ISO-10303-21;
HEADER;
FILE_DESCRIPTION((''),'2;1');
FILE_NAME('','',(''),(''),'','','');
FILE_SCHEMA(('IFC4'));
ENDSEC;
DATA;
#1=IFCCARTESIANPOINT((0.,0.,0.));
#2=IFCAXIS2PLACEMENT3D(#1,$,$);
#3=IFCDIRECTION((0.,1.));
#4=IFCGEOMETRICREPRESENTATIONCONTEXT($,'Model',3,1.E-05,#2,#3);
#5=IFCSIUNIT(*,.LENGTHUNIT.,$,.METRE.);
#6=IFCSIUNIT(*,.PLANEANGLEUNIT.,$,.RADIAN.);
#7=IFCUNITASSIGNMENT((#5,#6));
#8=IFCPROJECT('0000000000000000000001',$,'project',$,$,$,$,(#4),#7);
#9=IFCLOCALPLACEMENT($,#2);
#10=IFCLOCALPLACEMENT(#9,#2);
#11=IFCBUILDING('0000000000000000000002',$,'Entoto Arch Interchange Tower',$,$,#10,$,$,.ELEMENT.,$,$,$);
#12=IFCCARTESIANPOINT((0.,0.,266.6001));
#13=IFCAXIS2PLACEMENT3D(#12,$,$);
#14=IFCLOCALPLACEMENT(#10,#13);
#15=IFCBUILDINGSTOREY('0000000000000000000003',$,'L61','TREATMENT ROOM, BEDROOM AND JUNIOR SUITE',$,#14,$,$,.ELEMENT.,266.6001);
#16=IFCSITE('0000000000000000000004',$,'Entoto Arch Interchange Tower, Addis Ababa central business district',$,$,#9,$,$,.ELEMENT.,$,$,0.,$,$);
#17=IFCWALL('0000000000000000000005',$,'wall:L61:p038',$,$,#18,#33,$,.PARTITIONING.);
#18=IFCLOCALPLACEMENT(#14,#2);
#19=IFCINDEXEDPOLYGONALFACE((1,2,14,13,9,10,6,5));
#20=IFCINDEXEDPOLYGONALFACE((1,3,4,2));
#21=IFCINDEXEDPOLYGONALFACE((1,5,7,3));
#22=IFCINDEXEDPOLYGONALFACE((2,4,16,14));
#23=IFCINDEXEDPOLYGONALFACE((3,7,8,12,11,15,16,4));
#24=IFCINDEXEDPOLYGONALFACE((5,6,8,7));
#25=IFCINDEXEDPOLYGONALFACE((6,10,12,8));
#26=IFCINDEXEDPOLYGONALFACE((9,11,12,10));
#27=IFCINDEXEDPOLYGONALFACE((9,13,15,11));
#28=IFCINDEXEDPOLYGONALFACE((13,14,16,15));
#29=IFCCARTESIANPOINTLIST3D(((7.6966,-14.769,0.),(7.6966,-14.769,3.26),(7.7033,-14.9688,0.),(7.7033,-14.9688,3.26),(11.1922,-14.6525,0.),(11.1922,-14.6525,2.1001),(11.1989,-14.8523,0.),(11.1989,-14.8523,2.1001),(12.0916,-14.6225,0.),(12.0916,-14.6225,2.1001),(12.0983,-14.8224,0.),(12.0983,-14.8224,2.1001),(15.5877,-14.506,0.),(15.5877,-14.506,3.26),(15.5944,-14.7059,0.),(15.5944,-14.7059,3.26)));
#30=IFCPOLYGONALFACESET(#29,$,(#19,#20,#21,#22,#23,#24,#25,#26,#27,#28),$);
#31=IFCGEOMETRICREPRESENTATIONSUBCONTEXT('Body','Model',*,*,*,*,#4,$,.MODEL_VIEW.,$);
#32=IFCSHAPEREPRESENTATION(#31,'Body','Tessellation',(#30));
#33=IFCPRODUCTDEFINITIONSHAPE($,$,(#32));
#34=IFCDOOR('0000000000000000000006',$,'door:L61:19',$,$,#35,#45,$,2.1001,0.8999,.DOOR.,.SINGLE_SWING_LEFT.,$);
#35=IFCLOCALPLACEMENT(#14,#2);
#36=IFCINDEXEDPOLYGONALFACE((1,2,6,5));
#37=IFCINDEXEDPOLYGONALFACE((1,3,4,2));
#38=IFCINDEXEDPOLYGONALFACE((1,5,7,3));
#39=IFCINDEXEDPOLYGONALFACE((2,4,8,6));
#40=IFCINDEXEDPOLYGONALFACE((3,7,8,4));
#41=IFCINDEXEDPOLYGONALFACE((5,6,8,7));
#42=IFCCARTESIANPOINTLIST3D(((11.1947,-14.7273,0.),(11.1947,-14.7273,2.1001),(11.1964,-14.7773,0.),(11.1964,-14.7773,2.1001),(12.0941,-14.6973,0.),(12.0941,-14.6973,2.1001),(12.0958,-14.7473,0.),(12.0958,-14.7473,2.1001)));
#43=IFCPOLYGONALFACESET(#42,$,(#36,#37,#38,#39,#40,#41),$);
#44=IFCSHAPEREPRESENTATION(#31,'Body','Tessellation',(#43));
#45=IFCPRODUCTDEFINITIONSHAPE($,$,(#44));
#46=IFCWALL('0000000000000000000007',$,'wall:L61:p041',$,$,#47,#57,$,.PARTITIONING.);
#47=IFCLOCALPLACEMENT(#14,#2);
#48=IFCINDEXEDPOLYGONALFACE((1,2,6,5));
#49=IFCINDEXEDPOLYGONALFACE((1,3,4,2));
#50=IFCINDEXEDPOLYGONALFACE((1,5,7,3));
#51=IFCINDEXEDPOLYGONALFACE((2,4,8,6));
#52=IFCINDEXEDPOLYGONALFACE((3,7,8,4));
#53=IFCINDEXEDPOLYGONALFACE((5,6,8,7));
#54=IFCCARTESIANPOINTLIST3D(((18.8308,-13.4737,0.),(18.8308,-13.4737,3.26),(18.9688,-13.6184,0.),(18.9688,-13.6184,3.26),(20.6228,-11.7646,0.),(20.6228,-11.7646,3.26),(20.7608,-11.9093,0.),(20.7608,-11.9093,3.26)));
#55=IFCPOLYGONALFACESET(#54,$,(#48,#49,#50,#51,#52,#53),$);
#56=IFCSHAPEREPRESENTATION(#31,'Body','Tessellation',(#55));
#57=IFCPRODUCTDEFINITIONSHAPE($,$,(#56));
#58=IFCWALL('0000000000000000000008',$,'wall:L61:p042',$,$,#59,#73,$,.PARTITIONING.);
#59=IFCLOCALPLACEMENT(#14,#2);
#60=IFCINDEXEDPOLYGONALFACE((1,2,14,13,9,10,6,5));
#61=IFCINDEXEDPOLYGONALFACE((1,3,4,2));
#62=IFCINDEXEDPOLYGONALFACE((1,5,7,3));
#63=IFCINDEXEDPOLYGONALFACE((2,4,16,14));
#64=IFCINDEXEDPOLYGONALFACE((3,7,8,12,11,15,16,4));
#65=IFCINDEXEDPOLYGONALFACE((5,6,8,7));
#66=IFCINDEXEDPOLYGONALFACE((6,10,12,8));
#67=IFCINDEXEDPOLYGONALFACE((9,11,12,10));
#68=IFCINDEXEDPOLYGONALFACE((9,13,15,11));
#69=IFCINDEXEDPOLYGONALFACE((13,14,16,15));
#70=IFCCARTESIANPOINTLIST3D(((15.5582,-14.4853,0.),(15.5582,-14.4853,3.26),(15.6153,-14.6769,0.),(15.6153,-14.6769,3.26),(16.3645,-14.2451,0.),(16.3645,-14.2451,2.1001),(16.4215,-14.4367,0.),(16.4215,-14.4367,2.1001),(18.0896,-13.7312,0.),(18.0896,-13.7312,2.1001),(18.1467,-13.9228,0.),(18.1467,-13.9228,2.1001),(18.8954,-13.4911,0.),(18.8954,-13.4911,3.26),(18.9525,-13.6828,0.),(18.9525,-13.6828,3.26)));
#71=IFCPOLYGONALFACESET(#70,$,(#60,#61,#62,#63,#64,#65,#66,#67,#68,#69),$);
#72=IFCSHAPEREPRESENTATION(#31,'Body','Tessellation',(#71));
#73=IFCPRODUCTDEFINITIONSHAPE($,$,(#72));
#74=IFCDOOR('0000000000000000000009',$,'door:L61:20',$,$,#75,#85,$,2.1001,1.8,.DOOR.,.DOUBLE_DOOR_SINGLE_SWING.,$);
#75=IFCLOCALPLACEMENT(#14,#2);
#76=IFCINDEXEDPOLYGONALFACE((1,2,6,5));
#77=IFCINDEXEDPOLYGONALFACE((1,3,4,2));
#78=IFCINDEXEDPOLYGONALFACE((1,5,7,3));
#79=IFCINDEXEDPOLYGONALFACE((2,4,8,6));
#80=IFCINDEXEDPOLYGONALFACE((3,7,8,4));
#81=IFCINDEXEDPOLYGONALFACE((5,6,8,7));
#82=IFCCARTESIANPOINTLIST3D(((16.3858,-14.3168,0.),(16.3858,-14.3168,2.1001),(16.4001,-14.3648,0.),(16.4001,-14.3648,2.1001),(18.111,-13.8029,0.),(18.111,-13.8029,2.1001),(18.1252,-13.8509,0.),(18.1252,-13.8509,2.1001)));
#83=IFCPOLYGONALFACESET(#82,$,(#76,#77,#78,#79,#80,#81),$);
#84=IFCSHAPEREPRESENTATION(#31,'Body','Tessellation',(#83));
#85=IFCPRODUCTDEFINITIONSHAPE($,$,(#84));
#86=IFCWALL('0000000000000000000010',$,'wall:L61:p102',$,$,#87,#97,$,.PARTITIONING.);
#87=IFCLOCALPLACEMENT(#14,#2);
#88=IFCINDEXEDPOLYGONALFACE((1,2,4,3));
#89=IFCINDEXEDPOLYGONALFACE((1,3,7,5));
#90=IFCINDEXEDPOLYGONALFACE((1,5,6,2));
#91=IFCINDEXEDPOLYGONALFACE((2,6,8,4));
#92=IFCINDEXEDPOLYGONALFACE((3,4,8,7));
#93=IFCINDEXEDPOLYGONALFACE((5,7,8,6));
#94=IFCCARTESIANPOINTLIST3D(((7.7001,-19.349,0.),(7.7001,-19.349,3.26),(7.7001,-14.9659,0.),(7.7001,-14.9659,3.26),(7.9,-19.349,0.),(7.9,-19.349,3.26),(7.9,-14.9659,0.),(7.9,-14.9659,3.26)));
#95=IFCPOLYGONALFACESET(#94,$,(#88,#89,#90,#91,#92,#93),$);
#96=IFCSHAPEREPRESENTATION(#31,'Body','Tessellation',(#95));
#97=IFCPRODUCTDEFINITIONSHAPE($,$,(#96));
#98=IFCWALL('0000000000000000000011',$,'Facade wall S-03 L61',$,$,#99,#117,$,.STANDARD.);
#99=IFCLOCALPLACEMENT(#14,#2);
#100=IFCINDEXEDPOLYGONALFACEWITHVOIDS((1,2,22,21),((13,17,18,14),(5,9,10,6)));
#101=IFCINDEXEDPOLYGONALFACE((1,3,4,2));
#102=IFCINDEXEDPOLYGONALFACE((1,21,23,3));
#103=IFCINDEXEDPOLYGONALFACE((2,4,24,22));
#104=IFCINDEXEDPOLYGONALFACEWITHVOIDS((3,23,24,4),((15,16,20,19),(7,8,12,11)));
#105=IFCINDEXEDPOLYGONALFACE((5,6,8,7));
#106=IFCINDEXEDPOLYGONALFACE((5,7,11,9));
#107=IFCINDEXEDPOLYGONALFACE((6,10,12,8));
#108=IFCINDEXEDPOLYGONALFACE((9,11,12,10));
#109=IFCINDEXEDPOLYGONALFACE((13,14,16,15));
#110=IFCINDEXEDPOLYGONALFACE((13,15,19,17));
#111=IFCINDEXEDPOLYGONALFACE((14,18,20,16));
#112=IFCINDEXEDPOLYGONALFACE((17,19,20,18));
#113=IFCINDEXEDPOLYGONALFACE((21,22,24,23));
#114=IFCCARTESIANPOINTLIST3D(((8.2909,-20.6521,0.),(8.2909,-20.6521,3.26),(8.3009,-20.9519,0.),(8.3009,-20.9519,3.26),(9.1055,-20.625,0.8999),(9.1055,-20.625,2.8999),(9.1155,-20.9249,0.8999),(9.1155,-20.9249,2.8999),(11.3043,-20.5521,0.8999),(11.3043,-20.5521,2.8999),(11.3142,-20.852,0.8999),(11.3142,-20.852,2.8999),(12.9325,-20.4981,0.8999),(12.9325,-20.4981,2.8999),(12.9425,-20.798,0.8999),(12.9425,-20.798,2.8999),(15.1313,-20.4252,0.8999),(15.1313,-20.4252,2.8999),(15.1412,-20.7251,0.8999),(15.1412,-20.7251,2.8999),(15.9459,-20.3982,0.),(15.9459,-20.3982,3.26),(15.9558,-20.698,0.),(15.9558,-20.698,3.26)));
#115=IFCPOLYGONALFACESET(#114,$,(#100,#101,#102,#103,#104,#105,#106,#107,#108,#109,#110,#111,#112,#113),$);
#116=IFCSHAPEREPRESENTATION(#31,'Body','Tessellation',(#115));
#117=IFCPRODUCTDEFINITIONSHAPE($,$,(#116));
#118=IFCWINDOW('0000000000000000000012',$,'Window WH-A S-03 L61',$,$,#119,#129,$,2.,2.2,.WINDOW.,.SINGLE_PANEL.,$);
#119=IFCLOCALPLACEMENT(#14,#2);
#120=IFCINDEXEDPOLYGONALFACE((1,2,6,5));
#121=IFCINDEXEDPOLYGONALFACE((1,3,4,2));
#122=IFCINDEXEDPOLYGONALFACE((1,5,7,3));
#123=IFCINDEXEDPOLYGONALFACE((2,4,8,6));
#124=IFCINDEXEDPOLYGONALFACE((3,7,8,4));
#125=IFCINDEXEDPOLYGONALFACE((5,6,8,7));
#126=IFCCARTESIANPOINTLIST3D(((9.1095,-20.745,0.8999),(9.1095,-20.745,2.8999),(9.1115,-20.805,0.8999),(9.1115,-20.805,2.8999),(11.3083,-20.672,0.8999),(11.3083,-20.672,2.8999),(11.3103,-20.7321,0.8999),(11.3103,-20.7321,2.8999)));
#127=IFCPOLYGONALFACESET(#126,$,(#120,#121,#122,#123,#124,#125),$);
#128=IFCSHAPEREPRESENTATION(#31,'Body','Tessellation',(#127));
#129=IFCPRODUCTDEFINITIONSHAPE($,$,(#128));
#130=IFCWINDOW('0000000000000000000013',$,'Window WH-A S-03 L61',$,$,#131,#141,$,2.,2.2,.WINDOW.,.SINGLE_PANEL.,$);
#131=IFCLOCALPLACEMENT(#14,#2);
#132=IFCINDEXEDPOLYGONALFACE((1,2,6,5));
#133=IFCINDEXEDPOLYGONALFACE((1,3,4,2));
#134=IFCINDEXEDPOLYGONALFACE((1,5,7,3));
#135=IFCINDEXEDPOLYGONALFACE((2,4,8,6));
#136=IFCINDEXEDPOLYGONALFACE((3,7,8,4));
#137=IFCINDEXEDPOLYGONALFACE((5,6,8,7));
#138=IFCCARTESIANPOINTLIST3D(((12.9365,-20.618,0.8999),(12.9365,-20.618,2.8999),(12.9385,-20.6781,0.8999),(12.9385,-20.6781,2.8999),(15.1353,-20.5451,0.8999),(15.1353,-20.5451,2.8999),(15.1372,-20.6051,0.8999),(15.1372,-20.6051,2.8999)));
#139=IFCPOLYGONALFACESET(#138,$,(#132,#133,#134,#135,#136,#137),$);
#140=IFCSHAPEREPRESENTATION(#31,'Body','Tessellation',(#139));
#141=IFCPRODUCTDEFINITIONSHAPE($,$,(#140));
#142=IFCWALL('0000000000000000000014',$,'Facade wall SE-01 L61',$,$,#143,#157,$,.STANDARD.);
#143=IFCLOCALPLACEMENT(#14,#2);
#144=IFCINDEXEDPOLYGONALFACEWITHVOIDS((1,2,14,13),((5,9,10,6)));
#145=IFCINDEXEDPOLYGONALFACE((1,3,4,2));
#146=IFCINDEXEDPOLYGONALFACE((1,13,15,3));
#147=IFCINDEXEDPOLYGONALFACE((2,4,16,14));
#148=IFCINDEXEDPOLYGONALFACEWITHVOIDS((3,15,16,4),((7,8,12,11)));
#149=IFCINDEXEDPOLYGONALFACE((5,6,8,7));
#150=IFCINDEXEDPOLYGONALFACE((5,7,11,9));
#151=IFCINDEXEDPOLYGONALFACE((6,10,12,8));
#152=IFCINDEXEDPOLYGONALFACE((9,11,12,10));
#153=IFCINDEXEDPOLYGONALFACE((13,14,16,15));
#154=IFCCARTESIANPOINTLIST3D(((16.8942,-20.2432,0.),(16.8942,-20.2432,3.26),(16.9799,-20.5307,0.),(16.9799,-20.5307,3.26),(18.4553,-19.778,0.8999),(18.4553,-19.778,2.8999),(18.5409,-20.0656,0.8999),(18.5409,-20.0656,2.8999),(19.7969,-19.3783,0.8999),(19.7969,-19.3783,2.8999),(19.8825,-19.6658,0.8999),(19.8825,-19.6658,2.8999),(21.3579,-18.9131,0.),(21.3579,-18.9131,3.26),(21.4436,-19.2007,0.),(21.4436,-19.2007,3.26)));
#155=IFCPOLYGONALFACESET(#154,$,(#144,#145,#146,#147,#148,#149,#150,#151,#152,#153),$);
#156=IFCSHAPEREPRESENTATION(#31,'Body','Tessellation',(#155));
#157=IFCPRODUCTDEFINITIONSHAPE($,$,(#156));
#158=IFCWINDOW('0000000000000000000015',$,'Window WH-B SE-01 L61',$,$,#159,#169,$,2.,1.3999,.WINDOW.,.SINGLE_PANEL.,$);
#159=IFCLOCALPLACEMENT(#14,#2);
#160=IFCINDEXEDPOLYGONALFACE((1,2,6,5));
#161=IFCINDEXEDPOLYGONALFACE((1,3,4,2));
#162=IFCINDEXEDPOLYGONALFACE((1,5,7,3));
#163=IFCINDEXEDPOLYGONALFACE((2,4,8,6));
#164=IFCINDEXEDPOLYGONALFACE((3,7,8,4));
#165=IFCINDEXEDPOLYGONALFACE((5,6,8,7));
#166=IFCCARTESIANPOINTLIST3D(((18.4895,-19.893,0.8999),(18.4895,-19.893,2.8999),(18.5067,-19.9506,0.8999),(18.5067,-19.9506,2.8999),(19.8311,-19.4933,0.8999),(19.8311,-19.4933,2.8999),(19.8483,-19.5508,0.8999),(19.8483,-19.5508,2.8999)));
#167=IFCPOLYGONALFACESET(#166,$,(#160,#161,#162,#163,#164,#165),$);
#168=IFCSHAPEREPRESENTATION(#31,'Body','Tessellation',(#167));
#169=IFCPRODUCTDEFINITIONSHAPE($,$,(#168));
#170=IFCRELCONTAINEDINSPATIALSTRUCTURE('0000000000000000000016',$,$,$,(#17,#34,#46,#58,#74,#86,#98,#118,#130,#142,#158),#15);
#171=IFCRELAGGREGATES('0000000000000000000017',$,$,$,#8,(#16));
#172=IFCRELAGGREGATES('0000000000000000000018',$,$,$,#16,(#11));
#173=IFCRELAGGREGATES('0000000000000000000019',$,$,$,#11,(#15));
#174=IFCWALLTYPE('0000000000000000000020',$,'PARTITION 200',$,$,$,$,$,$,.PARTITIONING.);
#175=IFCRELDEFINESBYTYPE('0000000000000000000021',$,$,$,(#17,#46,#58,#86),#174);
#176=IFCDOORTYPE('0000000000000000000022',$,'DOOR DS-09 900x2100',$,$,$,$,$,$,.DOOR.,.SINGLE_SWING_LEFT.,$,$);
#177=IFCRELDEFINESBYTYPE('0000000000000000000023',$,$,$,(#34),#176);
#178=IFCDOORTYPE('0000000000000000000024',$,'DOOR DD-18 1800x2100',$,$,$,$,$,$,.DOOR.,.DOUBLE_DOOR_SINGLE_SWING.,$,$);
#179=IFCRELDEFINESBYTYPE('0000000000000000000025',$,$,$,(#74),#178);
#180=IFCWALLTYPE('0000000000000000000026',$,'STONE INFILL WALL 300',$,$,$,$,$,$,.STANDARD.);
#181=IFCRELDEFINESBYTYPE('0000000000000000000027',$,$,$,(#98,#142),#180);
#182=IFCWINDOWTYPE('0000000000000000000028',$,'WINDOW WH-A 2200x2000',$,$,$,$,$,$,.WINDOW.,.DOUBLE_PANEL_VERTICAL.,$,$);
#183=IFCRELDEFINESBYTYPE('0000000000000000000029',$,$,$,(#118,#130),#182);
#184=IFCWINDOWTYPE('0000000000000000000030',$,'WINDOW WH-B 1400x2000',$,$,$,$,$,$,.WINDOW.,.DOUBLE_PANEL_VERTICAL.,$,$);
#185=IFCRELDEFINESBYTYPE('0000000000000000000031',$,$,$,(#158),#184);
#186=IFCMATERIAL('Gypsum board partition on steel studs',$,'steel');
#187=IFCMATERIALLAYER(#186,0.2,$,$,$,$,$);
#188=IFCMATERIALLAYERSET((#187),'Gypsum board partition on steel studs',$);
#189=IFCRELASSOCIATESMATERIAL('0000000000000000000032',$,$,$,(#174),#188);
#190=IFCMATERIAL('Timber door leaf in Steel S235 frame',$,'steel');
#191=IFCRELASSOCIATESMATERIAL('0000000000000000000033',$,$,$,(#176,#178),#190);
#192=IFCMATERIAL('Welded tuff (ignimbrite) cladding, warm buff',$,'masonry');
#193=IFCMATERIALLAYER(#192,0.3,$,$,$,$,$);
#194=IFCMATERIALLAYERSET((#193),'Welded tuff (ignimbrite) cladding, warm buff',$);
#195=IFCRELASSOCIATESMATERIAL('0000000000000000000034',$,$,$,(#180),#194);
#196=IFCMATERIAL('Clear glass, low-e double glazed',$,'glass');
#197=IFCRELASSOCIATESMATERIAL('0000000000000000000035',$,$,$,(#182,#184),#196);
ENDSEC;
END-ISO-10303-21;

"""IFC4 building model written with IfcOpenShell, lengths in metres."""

from ifc_helpers import new_model, si_unit, direction, frame, frame_2d, origin, place, context, subcontext, project, spatial, rectangle, extrude, material, layer, layer_set, type_object, element, fill, save


model = new_model("IFC4")

# Units and contexts
model_context = context("Model", 3, precision=1e-05, world=origin(), true_north=direction((0.0, 1.0)))
body_context = subcontext(model_context, "Body", "Model", "MODEL_VIEW")
ifc_project = project(units=[si_unit("LENGTHUNIT", "METRE"), si_unit("PLANEANGLEUNIT", "RADIAN")], contexts=[model_context])

# Site, building, storey
site_placement = place(None, origin())
site = spatial("IfcSite", under=ifc_project, at=site_placement, Name="Entoto Arch Interchange Tower, Addis Ababa central business district", CompositionType="ELEMENT", RefElevation=0.0)
building_placement = place(site_placement, origin())
building = spatial("IfcBuilding", under=site, at=building_placement, Name="Entoto Arch Interchange Tower", CompositionType="ELEMENT")
storey_placement = place(building_placement, frame((0.0, 0.0, 266.6001)))
storey = spatial("IfcBuildingStorey", under=building, at=storey_placement, Name="L61", Description="TREATMENT ROOM, BEDROOM AND JUNIOR SUITE", CompositionType="ELEMENT", Elevation=266.6001)

# Shared definitions
ifc_material_1 = material(Name="Gypsum board partition on steel studs", Category="steel")
ifc_layer_1 = layer(ifc_material_1, 0.2)
ifc_layer_set_1 = layer_set([ifc_layer_1], Name="Gypsum board partition on steel studs")
wall_type_1 = type_object("IfcWallType", Name="PARTITION 200", PredefinedType="PARTITIONING", material=ifc_layer_set_1)

# Shared definitions
ifc_material_2 = material(Name="Timber door leaf in Steel S235 frame", Category="steel")

# Wall, opening, door
wall_1_placement = place(storey_placement, frame((15.5911, -14.606, 0.0), z_axis=(0.0, 0.0, 1.0), x_axis=(-0.999445, -0.033302, 0.0)))
wall_1 = element("IfcWall", 1, at=wall_1_placement, inside=storey, type_object=wall_type_1, Name="wall:L61:p038", PredefinedType="PARTITIONING", context=body_context, shape_type="SweptSolid", body=[
    extrude(rectangle(XDim=7.8955, YDim=0.2, at=frame_2d((3.9478, 0.0))), origin(), (0.0, 0.0, 1.0), 3.26),
])
opening_1_placement = place(wall_1_placement, frame((3.498, 0.0, 0.0)))
opening_1 = element("IfcOpeningElement", 2, at=opening_1_placement, cuts=wall_1, PredefinedType="OPENING", context=body_context, shape_type="SweptSolid", body=[
    extrude(rectangle(XDim=0.8999, YDim=2.1001, at=frame_2d((0.45, 1.05))), frame((0.0, 0.1099, 0.0), z_axis=(0.0, -1.0, 0.0), x_axis=(1.0, 0.0, 0.0)), (0.0, 0.0, 1.0), 0.22),
])
door_type_1 = type_object("IfcDoorType", Name="DOOR DS-09 900x2100", OperationType="SINGLE_SWING_LEFT", PredefinedType="DOOR", material=ifc_material_2)
door_1_placement = place(opening_1_placement, origin())
door_1 = element("IfcDoor", 3, at=door_1_placement, inside=storey, type_object=door_type_1, Name="door:L61:19", OperationType="SINGLE_SWING_LEFT", OverallHeight=2.1001, OverallWidth=0.8999, PredefinedType="DOOR", context=body_context, shape_type="SweptSolid", body=[
    extrude(rectangle(XDim=0.8999, YDim=2.1001, at=frame_2d((0.45, 1.05))), frame((0.0, 0.0249, 0.0), z_axis=(0.0, -1.0, 0.0), x_axis=(1.0, 0.0, 0.0)), (0.0, 0.0, 1.0), 0.05),
])
fill(opening_1, door_1)

# Wall
wall_2_placement = place(storey_placement, frame((20.6919, -11.8369, 0.0), z_axis=(0.0, 0.0, 1.0), x_axis=(-0.723669, -0.690147, 0.0)))
element("IfcWall", 4, at=wall_2_placement, inside=storey, type_object=wall_type_1, Name="wall:L61:p041", PredefinedType="PARTITIONING", context=body_context, shape_type="SweptSolid", body=[
    extrude(rectangle(XDim=2.4763, YDim=0.2, at=frame_2d((1.2383, 0.0))), origin(), (0.0, 0.0, 1.0), 3.26),
])

# Wall, opening, door
wall_3_placement = place(storey_placement, frame((18.9241, -13.5869, 0.0), z_axis=(0.0, 0.0, 1.0), x_axis=(-0.958378, -0.285501, 0.0)))
wall_3 = element("IfcWall", 5, at=wall_3_placement, inside=storey, type_object=wall_type_1, Name="wall:L61:p042", PredefinedType="PARTITIONING", context=body_context, shape_type="SweptSolid", body=[
    extrude(rectangle(XDim=3.4822, YDim=0.2, at=frame_2d((1.7412, 0.0))), origin(), (0.0, 0.0, 1.0), 3.26),
])
opening_2_placement = place(wall_3_placement, frame((0.8411, 0.0, 0.0)))
opening_2 = element("IfcOpeningElement", 6, at=opening_2_placement, cuts=wall_3, PredefinedType="OPENING", context=body_context, shape_type="SweptSolid", body=[
    extrude(rectangle(XDim=1.8, YDim=2.1001, at=frame_2d((0.8999, 1.05))), frame((0.0, 0.1099, 0.0), z_axis=(0.0, -1.0, 0.0), x_axis=(1.0, 0.0, 0.0)), (0.0, 0.0, 1.0), 0.22),
])
door_type_2 = type_object("IfcDoorType", Name="DOOR DD-18 1800x2100", OperationType="DOUBLE_DOOR_SINGLE_SWING", PredefinedType="DOOR", material=ifc_material_2)
door_2_placement = place(opening_2_placement, origin())
door_2 = element("IfcDoor", 7, at=door_2_placement, inside=storey, type_object=door_type_2, Name="door:L61:20", OperationType="DOUBLE_DOOR_SINGLE_SWING", OverallHeight=2.1001, OverallWidth=1.8, PredefinedType="DOOR", context=body_context, shape_type="SweptSolid", body=[
    extrude(rectangle(XDim=1.8, YDim=2.1001, at=frame_2d((0.8999, 1.05))), frame((0.0, 0.0249, 0.0), z_axis=(0.0, -1.0, 0.0), x_axis=(1.0, 0.0, 0.0)), (0.0, 0.0, 1.0), 0.05),
])
fill(opening_2, door_2)

# Wall
wall_4_placement = place(storey_placement, frame((7.8, -14.9661, 0.0), z_axis=(0.0, 0.0, 1.0), x_axis=(0.0, -1.0, 0.0)))
element("IfcWall", 8, at=wall_4_placement, inside=storey, type_object=wall_type_1, Name="wall:L61:p102", PredefinedType="PARTITIONING", context=body_context, shape_type="SweptSolid", body=[
    extrude(rectangle(XDim=4.3831, YDim=0.2, at=frame_2d((2.1914, 0.0))), origin(), (0.0, 0.0, 1.0), 3.26),
])

# Wall, openings, windows
ifc_material_3 = material(Name="Welded tuff (ignimbrite) cladding, warm buff", Category="masonry")
ifc_layer_2 = layer(ifc_material_3, 0.3)
ifc_layer_set_2 = layer_set([ifc_layer_2], Name="Welded tuff (ignimbrite) cladding, warm buff")
wall_type_2 = type_object("IfcWallType", Name="STONE INFILL WALL 300", PredefinedType="STANDARD", material=ifc_layer_set_2)
wall_5_placement = place(storey_placement, frame((8.2959, -20.802, 0.0), z_axis=(0.0, 0.0, 1.0), x_axis=(0.99945, 0.03315, 0.0)))
wall_5 = element("IfcWall", 9, at=wall_5_placement, inside=storey, type_object=wall_type_2, Name="Facade wall S-03 L61", PredefinedType="STANDARD", context=body_context, shape_type="SweptSolid", body=[
    extrude(rectangle(XDim=7.6592, YDim=0.3, at=frame_2d((3.8296, 0.0))), origin(), (0.0, 0.0, 1.0), 3.26),
])
opening_3_placement = place(wall_5_placement, frame((0.8149, 0.0, 0.8999)))
opening_3 = element("IfcOpeningElement", 10, at=opening_3_placement, cuts=wall_5, PredefinedType="OPENING", context=body_context, shape_type="SweptSolid", body=[
    extrude(rectangle(XDim=2.2, YDim=2.0, at=frame_2d((1.1001, 1.0))), frame((0.0, 0.1602, 0.0), z_axis=(0.0, -1.0, 0.0), x_axis=(1.0, 0.0, 0.0)), (0.0, 0.0, 1.0), 0.3201),
])
opening_4_placement = place(wall_5_placement, frame((4.644, 0.0, 0.8999)))
opening_4 = element("IfcOpeningElement", 11, at=opening_4_placement, cuts=wall_5, PredefinedType="OPENING", context=body_context, shape_type="SweptSolid", body=[
    extrude(rectangle(XDim=2.2, YDim=2.0, at=frame_2d((1.1001, 1.0))), frame((0.0, 0.1602, 0.0), z_axis=(0.0, -1.0, 0.0), x_axis=(1.0, 0.0, 0.0)), (0.0, 0.0, 1.0), 0.3201),
])
ifc_material_4 = material(Name="Clear glass, low-e double glazed", Category="glass")
window_type_1 = type_object("IfcWindowType", Name="WINDOW WH-A 2200x2000", PartitioningType="DOUBLE_PANEL_VERTICAL", PredefinedType="WINDOW", material=ifc_material_4)
window_1_placement = place(opening_3_placement, origin())
window_1 = element("IfcWindow", 12, at=window_1_placement, inside=storey, type_object=window_type_1, Name="Window WH-A S-03 L61", OverallHeight=2.0, OverallWidth=2.2, PartitioningType="SINGLE_PANEL", PredefinedType="WINDOW", context=body_context, shape_type="SweptSolid", body=[
    extrude(rectangle(XDim=2.2, YDim=2.0, at=frame_2d((1.1001, 1.0))), frame((0.0, 0.03, 0.0), z_axis=(0.0, -1.0, 0.0), x_axis=(1.0, 0.0, 0.0)), (0.0, 0.0, 1.0), 0.0601),
])
fill(opening_3, window_1)
window_2_placement = place(opening_4_placement, origin())
window_2 = element("IfcWindow", 13, at=window_2_placement, inside=storey, type_object=window_type_1, Name="Window WH-A S-03 L61", OverallHeight=2.0, OverallWidth=2.2, PartitioningType="SINGLE_PANEL", PredefinedType="WINDOW", context=body_context, shape_type="SweptSolid", body=[
    extrude(rectangle(XDim=2.2, YDim=2.0, at=frame_2d((1.1001, 1.0))), frame((0.0, 0.03, 0.0), z_axis=(0.0, -1.0, 0.0), x_axis=(1.0, 0.0, 0.0)), (0.0, 0.0, 1.0), 0.0601),
])
fill(opening_4, window_2)

# Wall, opening, window
wall_6_placement = place(storey_placement, frame((16.937, -20.387, 0.0), z_axis=(0.0, 0.0, 1.0), x_axis=(0.958361, 0.285559, 0.0)))
wall_6 = element("IfcWall", 14, at=wall_6_placement, inside=storey, type_object=wall_type_2, Name="Facade wall SE-01 L61", PredefinedType="STANDARD", context=body_context, shape_type="SweptSolid", body=[
    extrude(rectangle(XDim=4.6577, YDim=0.3, at=frame_2d((2.3289, 0.0))), origin(), (0.0, 0.0, 1.0), 3.26),
])
opening_5_placement = place(wall_6_placement, frame((1.6289, 0.0, 0.8999)))
opening_5 = element("IfcOpeningElement", 15, at=opening_5_placement, cuts=wall_6, PredefinedType="OPENING", context=body_context, shape_type="SweptSolid", body=[
    extrude(rectangle(XDim=1.3999, YDim=2.0, at=frame_2d((0.7, 1.0))), frame((0.0, 0.1602, 0.0), z_axis=(0.0, -1.0, 0.0), x_axis=(1.0, 0.0, 0.0)), (0.0, 0.0, 1.0), 0.3201),
])
window_type_2 = type_object("IfcWindowType", Name="WINDOW WH-B 1400x2000", PartitioningType="DOUBLE_PANEL_VERTICAL", PredefinedType="WINDOW", material=ifc_material_4)
window_3_placement = place(opening_5_placement, origin())
window_3 = element("IfcWindow", 16, at=window_3_placement, inside=storey, type_object=window_type_2, Name="Window WH-B SE-01 L61", OverallHeight=2.0, OverallWidth=1.3999, PartitioningType="SINGLE_PANEL", PredefinedType="WINDOW", context=body_context, shape_type="SweptSolid", body=[
    extrude(rectangle(XDim=1.3999, YDim=2.0, at=frame_2d((0.7, 1.0))), frame((0.0, 0.03, 0.0), z_axis=(0.0, -1.0, 0.0), x_axis=(1.0, 0.0, 0.0)), (0.0, 0.0, 1.0), 0.0601),
])
fill(opening_5, window_3)

save(model, "model.ifc")
